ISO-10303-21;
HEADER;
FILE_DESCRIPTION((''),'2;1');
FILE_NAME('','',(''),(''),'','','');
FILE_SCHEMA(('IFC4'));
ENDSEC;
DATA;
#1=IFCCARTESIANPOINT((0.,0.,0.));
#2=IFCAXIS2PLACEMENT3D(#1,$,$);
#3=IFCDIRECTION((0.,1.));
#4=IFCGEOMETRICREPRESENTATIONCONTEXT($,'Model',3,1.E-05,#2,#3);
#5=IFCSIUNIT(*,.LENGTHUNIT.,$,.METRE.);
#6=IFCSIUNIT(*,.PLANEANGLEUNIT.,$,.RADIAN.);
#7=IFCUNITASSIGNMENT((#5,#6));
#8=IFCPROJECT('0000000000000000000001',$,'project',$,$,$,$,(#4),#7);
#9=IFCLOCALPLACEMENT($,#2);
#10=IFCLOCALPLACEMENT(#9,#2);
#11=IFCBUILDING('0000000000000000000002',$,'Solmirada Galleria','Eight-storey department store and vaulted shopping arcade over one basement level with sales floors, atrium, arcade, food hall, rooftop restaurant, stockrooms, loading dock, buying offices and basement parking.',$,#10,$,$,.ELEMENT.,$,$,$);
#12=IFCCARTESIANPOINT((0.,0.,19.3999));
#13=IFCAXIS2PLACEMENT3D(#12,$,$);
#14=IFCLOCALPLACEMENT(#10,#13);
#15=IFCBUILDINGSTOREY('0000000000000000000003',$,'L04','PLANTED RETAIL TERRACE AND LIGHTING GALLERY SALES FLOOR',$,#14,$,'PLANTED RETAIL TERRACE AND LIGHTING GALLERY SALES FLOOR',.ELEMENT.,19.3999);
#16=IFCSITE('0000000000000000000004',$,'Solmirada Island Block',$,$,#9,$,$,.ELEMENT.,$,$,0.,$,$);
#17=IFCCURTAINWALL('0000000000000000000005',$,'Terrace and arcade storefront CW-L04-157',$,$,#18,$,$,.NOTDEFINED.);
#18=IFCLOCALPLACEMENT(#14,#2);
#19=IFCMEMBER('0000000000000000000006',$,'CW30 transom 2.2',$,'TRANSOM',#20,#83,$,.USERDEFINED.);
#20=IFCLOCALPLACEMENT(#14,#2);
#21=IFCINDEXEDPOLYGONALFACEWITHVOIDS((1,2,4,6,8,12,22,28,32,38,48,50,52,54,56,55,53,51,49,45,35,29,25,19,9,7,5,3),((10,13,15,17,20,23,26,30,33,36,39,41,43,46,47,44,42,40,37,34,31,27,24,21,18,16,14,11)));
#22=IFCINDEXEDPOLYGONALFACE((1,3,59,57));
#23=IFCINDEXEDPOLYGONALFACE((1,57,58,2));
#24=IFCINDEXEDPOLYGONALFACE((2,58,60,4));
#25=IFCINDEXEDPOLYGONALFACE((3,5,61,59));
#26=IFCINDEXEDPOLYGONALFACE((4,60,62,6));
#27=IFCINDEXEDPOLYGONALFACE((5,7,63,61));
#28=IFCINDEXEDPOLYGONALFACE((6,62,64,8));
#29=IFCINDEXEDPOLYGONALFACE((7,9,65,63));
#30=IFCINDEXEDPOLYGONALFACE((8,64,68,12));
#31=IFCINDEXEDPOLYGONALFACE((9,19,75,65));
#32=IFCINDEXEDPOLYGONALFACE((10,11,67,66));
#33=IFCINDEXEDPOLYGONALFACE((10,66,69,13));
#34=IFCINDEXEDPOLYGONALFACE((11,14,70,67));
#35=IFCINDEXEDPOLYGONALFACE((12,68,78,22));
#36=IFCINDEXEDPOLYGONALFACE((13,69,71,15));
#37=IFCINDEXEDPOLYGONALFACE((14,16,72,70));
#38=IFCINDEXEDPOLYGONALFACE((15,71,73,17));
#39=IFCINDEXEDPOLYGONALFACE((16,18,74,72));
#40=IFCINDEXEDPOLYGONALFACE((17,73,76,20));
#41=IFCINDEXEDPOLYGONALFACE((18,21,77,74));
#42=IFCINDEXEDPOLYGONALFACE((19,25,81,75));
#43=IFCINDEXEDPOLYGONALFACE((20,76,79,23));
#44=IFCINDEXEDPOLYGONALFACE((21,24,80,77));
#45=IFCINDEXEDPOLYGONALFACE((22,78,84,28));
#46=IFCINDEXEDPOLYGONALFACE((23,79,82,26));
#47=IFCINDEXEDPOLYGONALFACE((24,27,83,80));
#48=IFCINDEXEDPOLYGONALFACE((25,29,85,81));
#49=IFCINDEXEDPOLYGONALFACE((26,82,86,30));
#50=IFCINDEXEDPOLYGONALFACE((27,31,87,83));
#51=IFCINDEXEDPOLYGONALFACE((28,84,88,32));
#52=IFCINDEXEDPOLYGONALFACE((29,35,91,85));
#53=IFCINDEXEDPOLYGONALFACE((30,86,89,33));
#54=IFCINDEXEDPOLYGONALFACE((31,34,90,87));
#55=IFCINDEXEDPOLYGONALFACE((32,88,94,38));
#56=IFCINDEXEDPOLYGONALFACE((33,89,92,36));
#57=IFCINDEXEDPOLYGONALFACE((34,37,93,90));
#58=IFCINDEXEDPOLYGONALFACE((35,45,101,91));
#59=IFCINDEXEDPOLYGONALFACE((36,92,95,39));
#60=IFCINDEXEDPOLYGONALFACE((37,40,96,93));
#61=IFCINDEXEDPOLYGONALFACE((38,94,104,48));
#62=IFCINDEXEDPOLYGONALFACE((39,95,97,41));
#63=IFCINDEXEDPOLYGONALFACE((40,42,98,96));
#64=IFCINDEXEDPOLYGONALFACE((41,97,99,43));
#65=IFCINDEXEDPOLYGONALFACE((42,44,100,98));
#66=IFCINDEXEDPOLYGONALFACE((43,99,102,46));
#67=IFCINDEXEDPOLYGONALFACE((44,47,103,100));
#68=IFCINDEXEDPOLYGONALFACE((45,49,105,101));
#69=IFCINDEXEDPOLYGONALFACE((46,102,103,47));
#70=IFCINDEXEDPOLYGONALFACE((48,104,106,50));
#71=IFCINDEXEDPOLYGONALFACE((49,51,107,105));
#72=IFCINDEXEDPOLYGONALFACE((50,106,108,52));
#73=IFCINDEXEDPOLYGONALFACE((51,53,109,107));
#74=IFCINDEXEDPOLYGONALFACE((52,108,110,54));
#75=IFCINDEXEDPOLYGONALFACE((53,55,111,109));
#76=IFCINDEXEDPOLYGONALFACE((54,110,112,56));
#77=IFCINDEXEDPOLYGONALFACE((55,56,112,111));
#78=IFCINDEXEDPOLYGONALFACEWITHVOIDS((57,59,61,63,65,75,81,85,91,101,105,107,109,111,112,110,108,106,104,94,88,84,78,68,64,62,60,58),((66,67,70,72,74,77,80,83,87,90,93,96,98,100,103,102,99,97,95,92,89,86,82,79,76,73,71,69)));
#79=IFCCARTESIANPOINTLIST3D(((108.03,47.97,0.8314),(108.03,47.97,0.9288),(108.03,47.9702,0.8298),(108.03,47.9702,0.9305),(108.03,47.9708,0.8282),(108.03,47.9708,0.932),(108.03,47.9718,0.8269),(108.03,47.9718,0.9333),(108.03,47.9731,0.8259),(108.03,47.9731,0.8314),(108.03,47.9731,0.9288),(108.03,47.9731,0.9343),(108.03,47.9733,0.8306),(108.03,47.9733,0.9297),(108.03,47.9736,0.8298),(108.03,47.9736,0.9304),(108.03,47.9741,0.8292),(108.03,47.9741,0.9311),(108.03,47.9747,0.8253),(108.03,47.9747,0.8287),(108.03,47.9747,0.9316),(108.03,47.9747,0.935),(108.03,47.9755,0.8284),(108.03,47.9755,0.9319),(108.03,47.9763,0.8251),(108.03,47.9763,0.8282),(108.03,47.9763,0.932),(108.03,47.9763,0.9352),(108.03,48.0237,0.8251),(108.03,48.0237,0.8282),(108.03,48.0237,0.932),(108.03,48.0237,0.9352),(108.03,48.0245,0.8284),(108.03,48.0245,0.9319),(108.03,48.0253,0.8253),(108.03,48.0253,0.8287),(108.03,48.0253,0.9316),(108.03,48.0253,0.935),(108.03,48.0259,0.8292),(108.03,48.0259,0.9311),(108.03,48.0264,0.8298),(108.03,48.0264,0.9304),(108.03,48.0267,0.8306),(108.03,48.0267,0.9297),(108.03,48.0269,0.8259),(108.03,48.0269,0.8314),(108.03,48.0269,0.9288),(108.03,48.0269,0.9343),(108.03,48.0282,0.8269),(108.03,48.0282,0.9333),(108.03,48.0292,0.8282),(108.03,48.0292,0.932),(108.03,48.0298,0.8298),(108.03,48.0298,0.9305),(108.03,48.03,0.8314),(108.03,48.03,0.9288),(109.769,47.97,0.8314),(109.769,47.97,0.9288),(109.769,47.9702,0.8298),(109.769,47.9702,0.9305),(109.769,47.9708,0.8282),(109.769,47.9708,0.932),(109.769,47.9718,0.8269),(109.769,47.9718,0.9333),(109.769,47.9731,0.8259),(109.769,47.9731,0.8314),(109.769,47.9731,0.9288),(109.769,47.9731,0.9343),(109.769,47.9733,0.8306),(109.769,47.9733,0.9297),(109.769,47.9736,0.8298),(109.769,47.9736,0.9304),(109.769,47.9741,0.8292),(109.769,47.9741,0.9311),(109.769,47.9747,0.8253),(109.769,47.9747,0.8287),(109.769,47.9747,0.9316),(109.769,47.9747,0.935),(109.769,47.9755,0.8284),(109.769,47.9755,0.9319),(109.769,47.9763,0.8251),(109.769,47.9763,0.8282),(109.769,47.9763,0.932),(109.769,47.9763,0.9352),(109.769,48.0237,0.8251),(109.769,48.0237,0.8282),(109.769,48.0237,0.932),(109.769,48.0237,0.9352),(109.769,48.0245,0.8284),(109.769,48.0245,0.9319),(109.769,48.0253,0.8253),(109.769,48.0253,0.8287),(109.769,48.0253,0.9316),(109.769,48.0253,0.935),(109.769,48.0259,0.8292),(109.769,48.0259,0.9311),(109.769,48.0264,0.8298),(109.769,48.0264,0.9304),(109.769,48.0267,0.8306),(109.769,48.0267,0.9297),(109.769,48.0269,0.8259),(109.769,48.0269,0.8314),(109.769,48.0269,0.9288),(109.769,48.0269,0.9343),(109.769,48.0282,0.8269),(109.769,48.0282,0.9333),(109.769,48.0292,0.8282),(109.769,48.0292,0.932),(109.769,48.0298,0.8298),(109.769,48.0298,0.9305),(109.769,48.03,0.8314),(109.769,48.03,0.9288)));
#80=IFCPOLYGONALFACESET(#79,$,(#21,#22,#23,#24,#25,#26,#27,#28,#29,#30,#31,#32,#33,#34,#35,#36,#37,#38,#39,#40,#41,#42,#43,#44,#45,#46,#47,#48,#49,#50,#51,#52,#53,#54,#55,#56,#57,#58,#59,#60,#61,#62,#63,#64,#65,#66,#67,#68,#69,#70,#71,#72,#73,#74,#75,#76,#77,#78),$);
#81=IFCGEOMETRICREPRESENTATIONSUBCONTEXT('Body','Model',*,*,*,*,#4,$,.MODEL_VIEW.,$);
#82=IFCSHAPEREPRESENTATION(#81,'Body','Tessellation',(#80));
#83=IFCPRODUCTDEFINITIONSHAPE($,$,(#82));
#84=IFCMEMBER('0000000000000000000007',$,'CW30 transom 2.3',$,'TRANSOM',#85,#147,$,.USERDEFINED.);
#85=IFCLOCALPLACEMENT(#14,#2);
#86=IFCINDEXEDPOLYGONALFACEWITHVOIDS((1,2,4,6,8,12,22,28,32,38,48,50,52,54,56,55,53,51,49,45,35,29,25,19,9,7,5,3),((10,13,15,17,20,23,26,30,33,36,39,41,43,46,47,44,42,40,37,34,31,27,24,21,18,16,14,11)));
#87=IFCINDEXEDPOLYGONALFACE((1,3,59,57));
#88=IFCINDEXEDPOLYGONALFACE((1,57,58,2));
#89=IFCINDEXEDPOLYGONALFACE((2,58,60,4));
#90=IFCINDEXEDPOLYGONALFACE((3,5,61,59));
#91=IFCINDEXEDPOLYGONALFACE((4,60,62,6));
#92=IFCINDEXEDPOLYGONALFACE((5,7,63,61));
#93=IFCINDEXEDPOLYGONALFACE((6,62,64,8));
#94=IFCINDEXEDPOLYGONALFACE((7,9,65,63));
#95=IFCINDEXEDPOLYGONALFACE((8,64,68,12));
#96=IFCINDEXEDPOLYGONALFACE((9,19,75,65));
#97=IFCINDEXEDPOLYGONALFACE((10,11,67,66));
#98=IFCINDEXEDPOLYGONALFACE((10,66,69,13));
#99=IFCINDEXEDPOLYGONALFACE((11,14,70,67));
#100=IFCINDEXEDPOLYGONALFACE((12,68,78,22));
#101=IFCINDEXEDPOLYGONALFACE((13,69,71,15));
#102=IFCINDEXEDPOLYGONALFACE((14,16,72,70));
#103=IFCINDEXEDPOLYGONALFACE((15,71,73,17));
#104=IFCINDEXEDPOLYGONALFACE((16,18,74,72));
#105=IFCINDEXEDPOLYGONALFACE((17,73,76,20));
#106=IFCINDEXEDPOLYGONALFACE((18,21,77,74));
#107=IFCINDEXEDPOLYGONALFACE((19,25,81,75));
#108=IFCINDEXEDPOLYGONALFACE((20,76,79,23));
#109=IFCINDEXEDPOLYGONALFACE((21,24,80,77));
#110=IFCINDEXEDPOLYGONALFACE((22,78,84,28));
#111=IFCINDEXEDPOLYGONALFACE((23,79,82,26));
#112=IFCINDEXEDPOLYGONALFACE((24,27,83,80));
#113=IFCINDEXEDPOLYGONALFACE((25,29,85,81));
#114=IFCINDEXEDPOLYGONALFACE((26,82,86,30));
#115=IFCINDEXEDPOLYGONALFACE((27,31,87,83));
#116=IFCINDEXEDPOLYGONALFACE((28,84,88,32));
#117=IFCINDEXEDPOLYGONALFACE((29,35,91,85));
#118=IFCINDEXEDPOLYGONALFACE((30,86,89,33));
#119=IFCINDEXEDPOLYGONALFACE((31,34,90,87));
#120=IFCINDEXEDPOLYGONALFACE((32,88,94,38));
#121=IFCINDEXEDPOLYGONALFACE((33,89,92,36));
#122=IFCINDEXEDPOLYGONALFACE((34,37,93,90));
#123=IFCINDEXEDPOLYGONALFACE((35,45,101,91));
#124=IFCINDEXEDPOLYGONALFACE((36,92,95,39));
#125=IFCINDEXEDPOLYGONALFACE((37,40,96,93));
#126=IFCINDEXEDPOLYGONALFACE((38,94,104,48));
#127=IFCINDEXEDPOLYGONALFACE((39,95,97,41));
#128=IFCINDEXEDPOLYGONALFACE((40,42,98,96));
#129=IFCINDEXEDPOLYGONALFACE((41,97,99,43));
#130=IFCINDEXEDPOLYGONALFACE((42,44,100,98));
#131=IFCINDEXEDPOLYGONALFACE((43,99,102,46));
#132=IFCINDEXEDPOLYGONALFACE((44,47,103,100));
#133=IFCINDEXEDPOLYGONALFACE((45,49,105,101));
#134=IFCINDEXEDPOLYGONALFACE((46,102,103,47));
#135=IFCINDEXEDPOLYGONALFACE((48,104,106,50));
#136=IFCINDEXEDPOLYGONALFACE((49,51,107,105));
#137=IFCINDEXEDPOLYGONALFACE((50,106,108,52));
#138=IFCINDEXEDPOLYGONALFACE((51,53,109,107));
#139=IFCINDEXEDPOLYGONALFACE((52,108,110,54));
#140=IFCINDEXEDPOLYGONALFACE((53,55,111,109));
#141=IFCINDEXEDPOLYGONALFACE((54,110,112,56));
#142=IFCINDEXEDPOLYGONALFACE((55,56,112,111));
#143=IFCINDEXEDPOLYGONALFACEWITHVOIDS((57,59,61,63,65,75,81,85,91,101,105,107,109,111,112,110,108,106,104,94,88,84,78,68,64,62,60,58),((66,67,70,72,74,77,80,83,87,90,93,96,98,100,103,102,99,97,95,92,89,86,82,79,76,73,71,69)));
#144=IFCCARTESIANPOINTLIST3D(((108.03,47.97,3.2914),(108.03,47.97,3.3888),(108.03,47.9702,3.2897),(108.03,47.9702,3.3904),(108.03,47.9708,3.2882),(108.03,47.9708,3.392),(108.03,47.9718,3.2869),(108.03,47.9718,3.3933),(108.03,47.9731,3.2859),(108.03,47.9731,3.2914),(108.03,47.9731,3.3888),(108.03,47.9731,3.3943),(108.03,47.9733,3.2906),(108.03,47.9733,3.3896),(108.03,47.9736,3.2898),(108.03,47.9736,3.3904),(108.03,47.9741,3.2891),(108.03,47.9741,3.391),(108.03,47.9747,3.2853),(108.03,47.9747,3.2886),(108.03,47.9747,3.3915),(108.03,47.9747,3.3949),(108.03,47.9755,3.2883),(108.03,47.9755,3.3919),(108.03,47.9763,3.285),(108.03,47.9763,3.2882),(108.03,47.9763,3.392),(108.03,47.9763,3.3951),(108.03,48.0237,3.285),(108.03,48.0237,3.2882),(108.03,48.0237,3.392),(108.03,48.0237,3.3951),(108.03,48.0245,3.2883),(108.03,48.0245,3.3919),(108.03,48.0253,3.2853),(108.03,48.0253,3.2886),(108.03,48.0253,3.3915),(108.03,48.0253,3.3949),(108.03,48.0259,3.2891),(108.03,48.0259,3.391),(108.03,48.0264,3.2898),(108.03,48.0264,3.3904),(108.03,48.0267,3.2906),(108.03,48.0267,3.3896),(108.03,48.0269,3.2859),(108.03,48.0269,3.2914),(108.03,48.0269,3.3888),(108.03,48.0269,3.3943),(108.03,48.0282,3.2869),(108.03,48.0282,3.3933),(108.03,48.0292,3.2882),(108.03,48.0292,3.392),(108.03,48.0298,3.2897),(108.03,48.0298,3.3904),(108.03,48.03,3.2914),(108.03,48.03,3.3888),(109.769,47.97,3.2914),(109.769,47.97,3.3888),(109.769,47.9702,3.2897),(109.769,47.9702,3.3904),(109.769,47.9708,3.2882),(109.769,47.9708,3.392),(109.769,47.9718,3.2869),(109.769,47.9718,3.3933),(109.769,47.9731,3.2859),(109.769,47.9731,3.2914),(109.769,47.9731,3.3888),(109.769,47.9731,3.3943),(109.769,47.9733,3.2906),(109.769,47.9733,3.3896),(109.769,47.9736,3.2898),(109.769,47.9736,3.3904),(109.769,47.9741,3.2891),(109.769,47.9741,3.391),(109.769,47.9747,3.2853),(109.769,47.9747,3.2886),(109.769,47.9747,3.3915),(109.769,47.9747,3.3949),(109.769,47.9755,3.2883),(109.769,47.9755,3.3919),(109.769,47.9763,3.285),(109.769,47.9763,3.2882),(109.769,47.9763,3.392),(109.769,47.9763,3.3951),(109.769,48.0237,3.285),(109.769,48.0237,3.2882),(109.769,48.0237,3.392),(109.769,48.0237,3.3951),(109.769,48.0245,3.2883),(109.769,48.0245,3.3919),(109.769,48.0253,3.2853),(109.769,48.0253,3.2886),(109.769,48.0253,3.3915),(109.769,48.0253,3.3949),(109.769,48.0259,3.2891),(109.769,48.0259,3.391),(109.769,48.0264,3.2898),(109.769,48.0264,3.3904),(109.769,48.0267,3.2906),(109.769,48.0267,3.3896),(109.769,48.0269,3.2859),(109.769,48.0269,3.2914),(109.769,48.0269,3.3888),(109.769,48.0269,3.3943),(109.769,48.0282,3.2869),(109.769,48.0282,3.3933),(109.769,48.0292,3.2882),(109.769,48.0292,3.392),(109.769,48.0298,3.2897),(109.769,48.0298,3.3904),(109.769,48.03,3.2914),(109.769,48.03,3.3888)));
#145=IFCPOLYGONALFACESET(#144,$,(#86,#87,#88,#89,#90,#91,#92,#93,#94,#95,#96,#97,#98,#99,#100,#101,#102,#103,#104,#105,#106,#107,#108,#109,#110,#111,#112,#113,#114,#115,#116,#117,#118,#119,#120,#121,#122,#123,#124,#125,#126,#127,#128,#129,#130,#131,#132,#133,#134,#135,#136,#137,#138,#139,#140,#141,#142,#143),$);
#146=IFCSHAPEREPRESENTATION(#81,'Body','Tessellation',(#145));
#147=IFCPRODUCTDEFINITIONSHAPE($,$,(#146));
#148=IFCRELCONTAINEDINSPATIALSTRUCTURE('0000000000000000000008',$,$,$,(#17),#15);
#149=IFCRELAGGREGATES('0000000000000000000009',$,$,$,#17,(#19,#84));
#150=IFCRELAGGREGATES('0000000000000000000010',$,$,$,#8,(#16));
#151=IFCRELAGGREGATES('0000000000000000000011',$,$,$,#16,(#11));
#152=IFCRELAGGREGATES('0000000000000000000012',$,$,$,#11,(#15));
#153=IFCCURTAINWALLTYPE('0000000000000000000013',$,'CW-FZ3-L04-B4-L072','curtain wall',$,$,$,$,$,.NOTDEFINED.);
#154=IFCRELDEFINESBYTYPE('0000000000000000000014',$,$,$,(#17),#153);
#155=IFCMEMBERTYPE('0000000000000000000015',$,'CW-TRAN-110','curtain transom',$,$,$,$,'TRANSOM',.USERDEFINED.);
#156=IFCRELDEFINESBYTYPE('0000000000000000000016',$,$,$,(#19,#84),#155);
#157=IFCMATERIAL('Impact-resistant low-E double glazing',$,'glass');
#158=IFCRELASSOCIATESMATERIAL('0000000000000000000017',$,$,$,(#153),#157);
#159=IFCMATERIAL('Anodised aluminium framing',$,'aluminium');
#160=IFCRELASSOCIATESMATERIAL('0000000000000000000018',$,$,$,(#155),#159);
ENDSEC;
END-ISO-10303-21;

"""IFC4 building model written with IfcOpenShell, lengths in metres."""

from ifc_helpers import new_model, si_unit, direction, frame, origin, origin_2d, place, context, subcontext, project, spatial, hollow_rectangle, extrude, material, material_profile, profile_set, type_object, element, aggregate, save


model = new_model("IFC4")

# Units and contexts
model_context = context("Model", 3, precision=1e-05, world=origin(), true_north=direction((0.0, 1.0)))
body_context = subcontext(model_context, "Body", "Model", "MODEL_VIEW")
ifc_project = project(units=[si_unit("LENGTHUNIT", "METRE"), si_unit("PLANEANGLEUNIT", "RADIAN")], contexts=[model_context])

# Site, building, storey
site_placement = place(None, origin())
site = spatial("IfcSite", under=ifc_project, at=site_placement, Name="Solmirada Island Block", CompositionType="ELEMENT", RefElevation=0.0)
building_placement = place(site_placement, origin())
building = spatial("IfcBuilding", under=site, at=building_placement, Name="Solmirada Galleria", Description="Eight-storey department store and vaulted shopping arcade over one basement level with sales floors, atrium, arcade, food hall, rooftop restaurant, stockrooms, loading dock, buying offices and basement parking.", CompositionType="ELEMENT")
storey_placement = place(building_placement, frame((0.0, 0.0, 19.3999)))
storey = spatial("IfcBuildingStorey", under=building, at=storey_placement, Name="L04", Description="PLANTED RETAIL TERRACE AND LIGHTING GALLERY SALES FLOOR", LongName="PLANTED RETAIL TERRACE AND LIGHTING GALLERY SALES FLOOR", CompositionType="ELEMENT", Elevation=19.3999)

# Shared definitions
ifc_material_1 = material(Name="Impact-resistant low-E double glazing", Category="glass")
curtain_wall_type = type_object("IfcCurtainWallType", Name="CW-FZ3-L04-B4-L072", Description="curtain wall", PredefinedType="NOTDEFINED", material=ifc_material_1)
ifc_material_2 = material(Name="Anodised aluminium framing", Category="aluminium")

# Curtain wall
curtain_wall_1_placement = place(storey_placement, origin())
curtain_wall_1 = element("IfcCurtainWall", 1, at=curtain_wall_1_placement, inside=storey, type_object=curtain_wall_type, Name="Terrace and arcade storefront CW-L04-157", PredefinedType="NOTDEFINED")

# Members
ifc_material_profile_1 = material_profile(ifc_material_2, hollow_rectangle(XDim=0.0601, YDim=0.1101, WallThickness=0.0032, InnerFilletRadius=0.0032, OuterFilletRadius=0.0063, at=origin_2d()), Name="ALU-TRAN-110X60")
ifc_profile_set_1 = profile_set([ifc_material_profile_1], Name="Anodised aluminium framing")
member_type_1 = type_object("IfcMemberType", Name="CW-TRAN-110", Description="curtain transom", ElementType="TRANSOM", PredefinedType="USERDEFINED", material=ifc_profile_set_1)
member_1_placement = place(storey_placement, frame((109.769, 48.0, 0.8801), z_axis=(-1.0, 0.0, 0.0), x_axis=(0.0, -1.0, 0.0)))
member_1 = element("IfcMember", 2, at=member_1_placement, type_object=member_type_1, Name="CW30 transom 2.2", ObjectType="TRANSOM", PredefinedType="USERDEFINED", context=body_context, shape_type="SweptSolid", body=[
    extrude(hollow_rectangle(XDim=0.0601, YDim=0.1101, WallThickness=0.0032, InnerFilletRadius=0.0032, OuterFilletRadius=0.0063, at=origin_2d()), origin(), (0.0, 0.0, 1.0), 1.739),
])
member_2_placement = place(storey_placement, frame((109.769, 48.0, 3.3401), z_axis=(-1.0, 0.0, 0.0), x_axis=(0.0, -1.0, 0.0)))
member_2 = element("IfcMember", 3, at=member_2_placement, type_object=member_type_1, Name="CW30 transom 2.3", ObjectType="TRANSOM", PredefinedType="USERDEFINED", context=body_context, shape_type="SweptSolid", body=[
    extrude(hollow_rectangle(XDim=0.0601, YDim=0.1101, WallThickness=0.0032, InnerFilletRadius=0.0032, OuterFilletRadius=0.0063, at=origin_2d()), origin(), (0.0, 0.0, 1.0), 1.739),
])

aggregate(curtain_wall_1, [member_1, member_2])

save(model, "model.ifc")
